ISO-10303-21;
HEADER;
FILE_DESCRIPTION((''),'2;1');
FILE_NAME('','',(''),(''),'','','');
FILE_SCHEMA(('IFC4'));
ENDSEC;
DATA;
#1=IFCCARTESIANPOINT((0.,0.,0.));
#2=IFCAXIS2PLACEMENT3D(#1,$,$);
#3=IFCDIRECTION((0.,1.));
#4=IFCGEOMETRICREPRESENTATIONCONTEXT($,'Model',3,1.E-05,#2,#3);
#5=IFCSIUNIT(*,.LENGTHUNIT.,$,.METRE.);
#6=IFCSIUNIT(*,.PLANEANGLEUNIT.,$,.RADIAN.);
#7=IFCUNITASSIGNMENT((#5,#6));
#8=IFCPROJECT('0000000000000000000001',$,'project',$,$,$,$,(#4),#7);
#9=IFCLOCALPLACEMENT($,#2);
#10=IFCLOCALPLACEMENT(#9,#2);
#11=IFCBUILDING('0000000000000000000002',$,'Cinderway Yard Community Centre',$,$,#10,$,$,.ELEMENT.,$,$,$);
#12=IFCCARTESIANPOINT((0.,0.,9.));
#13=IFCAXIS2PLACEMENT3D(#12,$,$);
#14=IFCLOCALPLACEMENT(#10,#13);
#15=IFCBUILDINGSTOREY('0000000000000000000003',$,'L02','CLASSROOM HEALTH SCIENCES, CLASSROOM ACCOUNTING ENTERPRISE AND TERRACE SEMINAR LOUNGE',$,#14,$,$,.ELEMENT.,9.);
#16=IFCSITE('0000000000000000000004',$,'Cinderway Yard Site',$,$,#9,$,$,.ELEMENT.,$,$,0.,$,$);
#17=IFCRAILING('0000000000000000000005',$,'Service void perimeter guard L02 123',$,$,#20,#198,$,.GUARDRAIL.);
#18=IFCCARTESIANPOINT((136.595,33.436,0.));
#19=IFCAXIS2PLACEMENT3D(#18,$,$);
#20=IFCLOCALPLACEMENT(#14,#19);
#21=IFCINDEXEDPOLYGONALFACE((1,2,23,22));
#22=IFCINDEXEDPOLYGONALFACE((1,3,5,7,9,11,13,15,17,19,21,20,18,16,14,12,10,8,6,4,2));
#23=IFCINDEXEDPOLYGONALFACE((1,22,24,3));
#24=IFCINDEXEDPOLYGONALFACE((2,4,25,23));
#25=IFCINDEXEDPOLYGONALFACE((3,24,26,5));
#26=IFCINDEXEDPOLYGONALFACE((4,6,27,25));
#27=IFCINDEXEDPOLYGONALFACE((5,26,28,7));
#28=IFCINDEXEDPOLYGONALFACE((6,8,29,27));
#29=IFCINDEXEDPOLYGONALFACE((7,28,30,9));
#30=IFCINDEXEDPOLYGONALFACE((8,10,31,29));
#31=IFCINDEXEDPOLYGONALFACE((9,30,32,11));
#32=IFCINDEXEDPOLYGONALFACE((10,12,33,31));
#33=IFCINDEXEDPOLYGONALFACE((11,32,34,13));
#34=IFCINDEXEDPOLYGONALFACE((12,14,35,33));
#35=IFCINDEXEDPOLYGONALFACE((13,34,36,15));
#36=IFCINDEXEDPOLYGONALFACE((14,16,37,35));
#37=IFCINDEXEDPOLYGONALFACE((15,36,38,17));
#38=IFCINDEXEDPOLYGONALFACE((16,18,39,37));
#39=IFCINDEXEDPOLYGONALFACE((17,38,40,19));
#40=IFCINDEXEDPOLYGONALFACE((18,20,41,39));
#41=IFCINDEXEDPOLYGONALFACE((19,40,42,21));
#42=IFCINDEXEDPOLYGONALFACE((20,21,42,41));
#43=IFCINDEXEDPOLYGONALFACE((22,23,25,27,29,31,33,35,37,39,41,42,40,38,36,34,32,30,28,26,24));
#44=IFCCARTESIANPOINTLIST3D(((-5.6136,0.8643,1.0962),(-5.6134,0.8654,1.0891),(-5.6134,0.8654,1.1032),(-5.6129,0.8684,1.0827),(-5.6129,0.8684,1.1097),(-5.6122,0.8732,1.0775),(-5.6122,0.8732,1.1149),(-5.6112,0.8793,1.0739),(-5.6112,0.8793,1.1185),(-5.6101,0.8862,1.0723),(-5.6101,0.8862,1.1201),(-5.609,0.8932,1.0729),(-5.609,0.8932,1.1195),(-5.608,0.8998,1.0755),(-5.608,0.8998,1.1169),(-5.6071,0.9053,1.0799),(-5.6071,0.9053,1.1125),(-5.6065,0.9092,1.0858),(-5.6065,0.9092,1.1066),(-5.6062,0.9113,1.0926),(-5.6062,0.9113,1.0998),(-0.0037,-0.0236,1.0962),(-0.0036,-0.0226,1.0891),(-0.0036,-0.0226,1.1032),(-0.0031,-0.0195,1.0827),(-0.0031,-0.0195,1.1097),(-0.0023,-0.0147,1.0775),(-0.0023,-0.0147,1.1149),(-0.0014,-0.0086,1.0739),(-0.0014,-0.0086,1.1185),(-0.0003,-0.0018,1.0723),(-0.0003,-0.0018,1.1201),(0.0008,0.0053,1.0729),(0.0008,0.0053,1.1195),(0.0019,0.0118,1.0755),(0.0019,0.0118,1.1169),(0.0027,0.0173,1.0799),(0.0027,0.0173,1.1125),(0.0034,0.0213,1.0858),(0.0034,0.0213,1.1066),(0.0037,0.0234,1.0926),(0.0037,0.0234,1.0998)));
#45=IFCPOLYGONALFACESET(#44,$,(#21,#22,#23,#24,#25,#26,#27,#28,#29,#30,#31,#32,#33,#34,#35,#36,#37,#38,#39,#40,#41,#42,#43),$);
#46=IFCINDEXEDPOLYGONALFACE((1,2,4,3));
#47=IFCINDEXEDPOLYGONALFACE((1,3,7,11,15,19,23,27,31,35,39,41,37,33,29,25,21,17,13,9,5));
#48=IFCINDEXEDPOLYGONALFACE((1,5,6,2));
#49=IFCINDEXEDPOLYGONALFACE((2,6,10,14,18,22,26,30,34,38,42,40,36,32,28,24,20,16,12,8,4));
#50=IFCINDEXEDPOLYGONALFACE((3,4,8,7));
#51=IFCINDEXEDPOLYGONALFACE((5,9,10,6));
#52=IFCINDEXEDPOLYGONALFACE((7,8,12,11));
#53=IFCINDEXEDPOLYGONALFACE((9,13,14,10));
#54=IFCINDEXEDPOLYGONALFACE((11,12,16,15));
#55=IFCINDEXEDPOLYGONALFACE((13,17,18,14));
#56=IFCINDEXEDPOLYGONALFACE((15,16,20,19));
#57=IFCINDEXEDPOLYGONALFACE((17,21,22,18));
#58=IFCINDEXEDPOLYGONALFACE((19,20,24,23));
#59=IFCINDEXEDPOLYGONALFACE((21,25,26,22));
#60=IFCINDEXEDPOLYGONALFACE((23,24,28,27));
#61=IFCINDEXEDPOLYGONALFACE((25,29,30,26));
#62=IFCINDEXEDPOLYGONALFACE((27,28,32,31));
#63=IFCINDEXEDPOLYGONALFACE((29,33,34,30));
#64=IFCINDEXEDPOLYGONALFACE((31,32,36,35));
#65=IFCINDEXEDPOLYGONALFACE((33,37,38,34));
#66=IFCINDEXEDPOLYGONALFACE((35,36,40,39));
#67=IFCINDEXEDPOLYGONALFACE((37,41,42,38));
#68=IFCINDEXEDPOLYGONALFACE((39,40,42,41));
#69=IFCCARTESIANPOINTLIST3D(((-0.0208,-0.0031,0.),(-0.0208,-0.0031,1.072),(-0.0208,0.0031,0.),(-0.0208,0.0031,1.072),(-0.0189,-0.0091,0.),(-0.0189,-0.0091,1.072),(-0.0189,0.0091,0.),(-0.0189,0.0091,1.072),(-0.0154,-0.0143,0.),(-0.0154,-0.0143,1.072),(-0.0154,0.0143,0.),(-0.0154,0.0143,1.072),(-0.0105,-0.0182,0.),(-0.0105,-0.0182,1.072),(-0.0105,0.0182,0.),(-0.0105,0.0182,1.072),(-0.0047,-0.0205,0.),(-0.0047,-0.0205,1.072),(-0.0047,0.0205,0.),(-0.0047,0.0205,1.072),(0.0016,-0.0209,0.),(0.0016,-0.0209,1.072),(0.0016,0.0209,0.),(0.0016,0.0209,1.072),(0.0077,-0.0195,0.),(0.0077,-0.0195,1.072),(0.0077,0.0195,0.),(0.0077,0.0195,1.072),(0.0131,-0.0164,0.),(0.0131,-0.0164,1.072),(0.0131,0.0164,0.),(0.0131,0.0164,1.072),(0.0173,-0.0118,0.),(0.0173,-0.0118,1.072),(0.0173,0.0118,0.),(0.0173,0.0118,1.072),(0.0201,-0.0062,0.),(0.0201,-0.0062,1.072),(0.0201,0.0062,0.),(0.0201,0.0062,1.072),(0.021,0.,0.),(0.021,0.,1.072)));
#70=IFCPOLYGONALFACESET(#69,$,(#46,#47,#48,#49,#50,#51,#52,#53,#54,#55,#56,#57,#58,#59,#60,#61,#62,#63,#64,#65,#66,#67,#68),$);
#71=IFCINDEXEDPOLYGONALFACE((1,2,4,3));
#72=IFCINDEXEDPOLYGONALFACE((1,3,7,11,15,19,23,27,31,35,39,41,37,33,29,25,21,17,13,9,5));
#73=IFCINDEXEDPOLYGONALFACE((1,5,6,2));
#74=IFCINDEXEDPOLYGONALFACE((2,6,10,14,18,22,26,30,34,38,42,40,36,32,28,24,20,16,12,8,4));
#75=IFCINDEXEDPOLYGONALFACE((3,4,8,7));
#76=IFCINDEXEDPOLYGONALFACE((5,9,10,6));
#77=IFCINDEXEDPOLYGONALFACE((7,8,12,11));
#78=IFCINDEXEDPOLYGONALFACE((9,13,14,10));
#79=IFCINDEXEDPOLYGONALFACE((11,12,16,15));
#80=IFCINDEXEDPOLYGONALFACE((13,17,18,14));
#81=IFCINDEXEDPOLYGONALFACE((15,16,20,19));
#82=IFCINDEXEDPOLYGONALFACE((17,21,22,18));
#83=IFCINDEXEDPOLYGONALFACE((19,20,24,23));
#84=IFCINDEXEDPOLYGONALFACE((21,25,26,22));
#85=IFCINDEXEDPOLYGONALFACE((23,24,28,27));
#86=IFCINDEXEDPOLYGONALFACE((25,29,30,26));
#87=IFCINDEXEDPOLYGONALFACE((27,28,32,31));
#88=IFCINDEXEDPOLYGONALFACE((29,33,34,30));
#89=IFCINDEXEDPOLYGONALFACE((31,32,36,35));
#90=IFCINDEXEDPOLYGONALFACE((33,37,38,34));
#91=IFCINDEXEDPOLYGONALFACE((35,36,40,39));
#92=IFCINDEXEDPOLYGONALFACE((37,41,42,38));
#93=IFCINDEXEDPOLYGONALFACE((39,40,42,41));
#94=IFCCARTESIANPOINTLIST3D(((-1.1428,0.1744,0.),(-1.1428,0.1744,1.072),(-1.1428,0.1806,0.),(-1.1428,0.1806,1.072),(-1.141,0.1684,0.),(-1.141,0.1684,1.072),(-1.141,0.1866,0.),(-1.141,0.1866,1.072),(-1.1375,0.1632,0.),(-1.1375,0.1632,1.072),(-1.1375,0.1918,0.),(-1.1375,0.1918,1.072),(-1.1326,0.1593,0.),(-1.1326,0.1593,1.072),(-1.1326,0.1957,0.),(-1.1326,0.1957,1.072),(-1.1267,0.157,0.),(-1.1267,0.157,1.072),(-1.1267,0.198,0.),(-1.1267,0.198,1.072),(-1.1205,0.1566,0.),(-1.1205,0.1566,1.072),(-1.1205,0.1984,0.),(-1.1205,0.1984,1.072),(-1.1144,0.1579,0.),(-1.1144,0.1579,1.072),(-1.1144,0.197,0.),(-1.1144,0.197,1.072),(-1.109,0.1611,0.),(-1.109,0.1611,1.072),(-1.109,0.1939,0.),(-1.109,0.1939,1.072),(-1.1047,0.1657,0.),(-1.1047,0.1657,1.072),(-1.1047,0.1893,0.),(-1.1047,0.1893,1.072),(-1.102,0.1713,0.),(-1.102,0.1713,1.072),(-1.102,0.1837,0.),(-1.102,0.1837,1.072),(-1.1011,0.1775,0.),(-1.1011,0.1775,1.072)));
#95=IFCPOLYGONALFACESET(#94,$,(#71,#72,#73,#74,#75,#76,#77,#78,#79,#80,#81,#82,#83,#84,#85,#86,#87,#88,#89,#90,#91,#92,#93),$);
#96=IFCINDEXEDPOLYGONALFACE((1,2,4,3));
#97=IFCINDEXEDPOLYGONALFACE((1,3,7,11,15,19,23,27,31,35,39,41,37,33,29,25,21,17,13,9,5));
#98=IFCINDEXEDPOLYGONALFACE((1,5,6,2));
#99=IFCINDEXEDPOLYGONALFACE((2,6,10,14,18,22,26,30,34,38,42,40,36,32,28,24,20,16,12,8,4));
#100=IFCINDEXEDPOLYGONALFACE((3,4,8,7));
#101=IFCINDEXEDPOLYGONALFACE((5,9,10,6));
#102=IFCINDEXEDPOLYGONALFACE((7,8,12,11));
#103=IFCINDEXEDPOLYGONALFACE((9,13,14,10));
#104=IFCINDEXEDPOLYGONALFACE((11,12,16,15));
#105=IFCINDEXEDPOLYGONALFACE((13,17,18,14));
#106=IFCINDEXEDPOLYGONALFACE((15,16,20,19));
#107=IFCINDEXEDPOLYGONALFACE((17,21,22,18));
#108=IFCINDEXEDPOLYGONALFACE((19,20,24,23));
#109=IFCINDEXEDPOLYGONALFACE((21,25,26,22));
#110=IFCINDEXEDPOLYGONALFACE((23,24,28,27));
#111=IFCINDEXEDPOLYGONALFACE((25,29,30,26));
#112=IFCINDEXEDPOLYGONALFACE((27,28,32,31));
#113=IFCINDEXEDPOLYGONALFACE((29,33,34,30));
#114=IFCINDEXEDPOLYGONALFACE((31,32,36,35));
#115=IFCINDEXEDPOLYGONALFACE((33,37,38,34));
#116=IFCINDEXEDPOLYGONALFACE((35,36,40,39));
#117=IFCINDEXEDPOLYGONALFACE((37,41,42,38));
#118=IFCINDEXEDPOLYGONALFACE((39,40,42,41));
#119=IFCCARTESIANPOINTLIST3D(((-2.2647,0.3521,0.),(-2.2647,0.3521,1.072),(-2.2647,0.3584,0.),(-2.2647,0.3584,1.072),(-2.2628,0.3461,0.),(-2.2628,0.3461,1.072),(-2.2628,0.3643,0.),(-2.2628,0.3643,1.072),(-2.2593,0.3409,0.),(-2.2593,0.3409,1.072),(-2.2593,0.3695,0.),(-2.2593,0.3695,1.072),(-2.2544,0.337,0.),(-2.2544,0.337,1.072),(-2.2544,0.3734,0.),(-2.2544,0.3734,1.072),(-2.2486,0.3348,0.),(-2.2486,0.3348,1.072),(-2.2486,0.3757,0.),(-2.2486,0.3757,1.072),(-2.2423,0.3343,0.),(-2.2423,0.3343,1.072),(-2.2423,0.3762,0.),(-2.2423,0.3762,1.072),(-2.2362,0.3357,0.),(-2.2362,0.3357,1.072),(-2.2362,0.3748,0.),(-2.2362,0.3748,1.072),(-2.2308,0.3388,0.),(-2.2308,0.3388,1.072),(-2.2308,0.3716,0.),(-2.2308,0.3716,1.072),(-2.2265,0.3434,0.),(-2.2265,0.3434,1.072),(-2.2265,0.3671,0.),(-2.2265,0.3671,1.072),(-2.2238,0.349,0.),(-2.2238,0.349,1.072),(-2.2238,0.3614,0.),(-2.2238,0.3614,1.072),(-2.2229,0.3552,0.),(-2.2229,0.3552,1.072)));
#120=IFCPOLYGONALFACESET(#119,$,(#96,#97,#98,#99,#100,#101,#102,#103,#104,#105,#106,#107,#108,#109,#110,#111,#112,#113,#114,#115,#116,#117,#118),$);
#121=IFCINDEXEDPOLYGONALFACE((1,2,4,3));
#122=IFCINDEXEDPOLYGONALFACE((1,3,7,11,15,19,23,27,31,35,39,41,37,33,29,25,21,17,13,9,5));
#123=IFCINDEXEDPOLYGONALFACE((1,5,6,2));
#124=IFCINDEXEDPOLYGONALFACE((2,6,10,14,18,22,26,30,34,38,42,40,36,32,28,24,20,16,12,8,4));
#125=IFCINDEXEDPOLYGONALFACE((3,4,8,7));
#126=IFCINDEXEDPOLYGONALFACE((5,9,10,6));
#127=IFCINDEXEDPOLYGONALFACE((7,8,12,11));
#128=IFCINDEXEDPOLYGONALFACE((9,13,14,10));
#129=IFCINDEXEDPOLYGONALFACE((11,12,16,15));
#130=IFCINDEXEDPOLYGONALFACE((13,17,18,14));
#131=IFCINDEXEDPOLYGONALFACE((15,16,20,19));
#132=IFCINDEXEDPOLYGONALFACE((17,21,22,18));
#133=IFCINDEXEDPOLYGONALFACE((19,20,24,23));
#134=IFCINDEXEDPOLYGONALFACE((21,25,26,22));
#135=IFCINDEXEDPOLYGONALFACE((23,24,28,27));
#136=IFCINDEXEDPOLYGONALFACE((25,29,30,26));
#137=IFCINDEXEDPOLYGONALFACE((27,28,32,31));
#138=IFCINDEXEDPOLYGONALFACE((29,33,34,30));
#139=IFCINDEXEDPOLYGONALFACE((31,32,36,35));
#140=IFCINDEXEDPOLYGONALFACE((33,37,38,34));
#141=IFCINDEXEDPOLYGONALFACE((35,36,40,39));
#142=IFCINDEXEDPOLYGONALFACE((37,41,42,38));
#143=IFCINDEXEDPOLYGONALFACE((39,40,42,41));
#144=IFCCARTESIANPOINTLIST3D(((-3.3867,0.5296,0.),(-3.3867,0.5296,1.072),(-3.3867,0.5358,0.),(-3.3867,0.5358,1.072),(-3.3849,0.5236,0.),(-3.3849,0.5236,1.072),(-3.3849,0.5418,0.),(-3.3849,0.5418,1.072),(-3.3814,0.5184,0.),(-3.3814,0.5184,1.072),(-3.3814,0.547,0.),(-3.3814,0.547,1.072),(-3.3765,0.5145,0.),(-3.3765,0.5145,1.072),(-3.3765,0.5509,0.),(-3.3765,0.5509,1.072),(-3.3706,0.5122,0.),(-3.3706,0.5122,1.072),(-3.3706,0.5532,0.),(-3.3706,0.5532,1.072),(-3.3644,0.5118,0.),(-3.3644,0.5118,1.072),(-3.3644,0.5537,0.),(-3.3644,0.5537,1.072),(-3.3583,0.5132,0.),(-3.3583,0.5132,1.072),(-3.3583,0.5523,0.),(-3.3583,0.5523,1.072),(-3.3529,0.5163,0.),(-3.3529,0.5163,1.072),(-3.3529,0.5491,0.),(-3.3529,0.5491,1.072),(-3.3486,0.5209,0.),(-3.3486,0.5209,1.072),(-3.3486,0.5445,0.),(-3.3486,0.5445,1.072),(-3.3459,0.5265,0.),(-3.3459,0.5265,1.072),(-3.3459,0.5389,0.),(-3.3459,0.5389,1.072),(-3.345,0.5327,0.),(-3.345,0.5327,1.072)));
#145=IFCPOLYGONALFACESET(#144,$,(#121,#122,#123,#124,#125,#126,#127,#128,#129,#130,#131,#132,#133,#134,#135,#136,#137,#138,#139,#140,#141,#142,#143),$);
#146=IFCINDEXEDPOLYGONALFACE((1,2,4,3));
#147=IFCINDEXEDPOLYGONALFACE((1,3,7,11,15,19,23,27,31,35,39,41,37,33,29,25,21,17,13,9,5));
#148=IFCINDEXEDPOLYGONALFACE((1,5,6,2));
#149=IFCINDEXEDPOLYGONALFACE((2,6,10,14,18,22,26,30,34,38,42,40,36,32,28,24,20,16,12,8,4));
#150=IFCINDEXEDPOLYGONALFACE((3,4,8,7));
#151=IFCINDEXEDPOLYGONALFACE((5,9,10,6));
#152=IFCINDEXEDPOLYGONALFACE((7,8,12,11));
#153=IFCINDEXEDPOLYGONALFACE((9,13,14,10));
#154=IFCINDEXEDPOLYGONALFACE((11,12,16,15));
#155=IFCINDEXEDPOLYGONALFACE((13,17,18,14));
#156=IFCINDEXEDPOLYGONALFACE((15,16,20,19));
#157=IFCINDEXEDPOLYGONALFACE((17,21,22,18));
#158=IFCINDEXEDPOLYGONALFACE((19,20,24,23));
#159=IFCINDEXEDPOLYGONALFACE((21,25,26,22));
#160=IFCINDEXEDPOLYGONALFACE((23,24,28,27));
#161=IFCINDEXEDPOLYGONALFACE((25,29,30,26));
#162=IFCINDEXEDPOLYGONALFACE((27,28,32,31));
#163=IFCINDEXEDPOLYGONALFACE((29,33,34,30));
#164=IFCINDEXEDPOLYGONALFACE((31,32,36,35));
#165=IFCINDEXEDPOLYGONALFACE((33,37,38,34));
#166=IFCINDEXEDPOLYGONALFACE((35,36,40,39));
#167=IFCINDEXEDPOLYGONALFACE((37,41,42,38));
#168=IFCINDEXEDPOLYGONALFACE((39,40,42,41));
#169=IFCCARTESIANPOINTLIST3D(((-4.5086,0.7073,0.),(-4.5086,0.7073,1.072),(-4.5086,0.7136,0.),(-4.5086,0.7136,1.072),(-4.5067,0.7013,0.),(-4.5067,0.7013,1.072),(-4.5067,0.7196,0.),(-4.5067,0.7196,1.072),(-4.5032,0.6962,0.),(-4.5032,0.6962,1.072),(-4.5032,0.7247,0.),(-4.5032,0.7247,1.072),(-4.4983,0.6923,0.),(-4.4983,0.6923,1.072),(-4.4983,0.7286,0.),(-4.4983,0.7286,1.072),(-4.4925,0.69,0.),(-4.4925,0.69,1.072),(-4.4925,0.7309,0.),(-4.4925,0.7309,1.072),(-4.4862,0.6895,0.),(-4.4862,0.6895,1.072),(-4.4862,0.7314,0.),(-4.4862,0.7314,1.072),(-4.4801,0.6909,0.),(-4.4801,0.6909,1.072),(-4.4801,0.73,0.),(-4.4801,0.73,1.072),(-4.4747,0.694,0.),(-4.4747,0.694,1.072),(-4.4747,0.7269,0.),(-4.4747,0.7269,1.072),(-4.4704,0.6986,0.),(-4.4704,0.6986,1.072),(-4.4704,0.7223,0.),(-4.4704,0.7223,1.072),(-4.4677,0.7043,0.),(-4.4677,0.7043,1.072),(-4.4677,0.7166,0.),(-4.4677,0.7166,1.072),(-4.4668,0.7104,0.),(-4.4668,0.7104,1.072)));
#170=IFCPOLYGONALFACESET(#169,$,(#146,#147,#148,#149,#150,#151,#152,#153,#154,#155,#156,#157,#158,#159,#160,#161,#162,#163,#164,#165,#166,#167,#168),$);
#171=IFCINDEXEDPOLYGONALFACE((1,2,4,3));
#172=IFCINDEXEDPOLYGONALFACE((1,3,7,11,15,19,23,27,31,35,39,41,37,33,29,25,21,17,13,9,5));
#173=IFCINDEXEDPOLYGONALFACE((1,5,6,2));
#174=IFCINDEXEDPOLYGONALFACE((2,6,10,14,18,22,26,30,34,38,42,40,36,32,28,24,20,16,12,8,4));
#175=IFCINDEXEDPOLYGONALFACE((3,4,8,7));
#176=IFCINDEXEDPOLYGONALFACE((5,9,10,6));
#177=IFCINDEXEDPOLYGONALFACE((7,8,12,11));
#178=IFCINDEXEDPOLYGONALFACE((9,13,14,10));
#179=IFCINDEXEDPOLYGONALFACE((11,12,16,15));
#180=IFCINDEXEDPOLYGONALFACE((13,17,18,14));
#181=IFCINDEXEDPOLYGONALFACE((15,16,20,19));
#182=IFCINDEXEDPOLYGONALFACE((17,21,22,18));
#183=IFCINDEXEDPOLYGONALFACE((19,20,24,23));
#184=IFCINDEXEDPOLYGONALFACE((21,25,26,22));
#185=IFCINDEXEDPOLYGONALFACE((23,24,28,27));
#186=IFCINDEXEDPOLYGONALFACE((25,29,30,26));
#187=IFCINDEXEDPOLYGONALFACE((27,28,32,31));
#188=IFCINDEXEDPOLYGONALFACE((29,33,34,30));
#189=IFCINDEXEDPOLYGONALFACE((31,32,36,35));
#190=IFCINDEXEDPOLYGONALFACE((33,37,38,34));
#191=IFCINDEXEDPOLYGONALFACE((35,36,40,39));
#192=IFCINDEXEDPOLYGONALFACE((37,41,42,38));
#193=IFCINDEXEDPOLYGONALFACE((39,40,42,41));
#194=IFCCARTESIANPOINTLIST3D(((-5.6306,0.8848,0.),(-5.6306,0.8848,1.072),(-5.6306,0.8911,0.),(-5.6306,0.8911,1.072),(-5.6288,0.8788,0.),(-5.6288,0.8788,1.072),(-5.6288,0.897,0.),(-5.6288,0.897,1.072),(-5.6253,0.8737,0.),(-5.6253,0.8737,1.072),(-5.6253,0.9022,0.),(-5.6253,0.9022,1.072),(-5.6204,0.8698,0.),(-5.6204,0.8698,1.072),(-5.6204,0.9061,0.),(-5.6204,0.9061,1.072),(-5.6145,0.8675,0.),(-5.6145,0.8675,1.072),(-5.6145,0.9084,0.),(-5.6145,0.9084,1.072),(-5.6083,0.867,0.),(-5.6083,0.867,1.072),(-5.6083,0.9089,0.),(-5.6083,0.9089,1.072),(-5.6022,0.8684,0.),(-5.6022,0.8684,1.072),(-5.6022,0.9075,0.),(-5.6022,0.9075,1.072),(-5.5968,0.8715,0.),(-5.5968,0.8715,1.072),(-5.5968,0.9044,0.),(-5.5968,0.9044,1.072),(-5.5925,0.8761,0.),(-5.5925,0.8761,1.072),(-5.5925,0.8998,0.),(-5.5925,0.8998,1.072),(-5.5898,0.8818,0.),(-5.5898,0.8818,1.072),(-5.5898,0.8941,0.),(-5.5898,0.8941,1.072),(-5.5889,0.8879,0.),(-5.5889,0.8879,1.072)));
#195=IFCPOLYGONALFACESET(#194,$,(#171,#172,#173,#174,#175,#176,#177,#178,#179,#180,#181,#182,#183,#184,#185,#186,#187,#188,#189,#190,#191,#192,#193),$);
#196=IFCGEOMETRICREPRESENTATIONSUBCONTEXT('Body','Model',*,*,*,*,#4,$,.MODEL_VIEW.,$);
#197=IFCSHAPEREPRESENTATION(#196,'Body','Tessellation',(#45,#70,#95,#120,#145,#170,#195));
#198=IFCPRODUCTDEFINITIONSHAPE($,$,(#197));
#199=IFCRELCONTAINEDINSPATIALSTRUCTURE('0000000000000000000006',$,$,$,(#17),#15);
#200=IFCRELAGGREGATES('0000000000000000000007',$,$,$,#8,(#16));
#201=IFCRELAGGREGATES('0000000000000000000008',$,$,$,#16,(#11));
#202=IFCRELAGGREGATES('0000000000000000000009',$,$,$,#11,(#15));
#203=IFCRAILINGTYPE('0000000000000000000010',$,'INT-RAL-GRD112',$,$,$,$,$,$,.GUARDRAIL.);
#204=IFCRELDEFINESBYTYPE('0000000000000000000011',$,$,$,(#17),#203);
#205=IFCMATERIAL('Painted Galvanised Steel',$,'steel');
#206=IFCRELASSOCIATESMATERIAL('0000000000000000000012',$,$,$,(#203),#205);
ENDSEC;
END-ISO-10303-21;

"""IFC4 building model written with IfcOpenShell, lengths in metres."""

from ifc_helpers import new_model, si_unit, direction, frame, origin, origin_2d, place, context, subcontext, project, spatial, circle, extrude, material, type_object, element, save


model = new_model("IFC4")

# Units and contexts
model_context = context("Model", 3, precision=1e-05, world=origin(), true_north=direction((0.0, 1.0)))
body_context = subcontext(model_context, "Body", "Model", "MODEL_VIEW")
ifc_project = project(units=[si_unit("LENGTHUNIT", "METRE"), si_unit("PLANEANGLEUNIT", "RADIAN")], contexts=[model_context])

# Site, building, storey
site_placement = place(None, origin())
site = spatial("IfcSite", under=ifc_project, at=site_placement, Name="Cinderway Yard Site", CompositionType="ELEMENT", RefElevation=0.0)
building_placement = place(site_placement, origin())
building = spatial("IfcBuilding", under=site, at=building_placement, Name="Cinderway Yard Community Centre", CompositionType="ELEMENT")
storey_placement = place(building_placement, frame((0.0, 0.0, 9.0)))
storey = spatial("IfcBuildingStorey", under=building, at=storey_placement, Name="L02", Description="CLASSROOM HEALTH SCIENCES, CLASSROOM ACCOUNTING ENTERPRISE AND TERRACE SEMINAR LOUNGE", CompositionType="ELEMENT", Elevation=9.0)

# Shared definitions
ifc_material_1 = material(Name="Painted Galvanised Steel", Category="steel")

# Railing
railing_type = type_object("IfcRailingType", Name="INT-RAL-GRD112", PredefinedType="GUARDRAIL", material=ifc_material_1)
railing_1_placement = place(storey_placement, frame((136.595, 33.436, 0.0)))
element("IfcRailing", 1, at=railing_1_placement, inside=storey, type_object=railing_type, Name="Service void perimeter guard L02 123", PredefinedType="GUARDRAIL", context=body_context, shape_type="SweptSolid", body=[
    extrude(circle(Radius=0.0239, at=origin_2d()), frame((0.0, 0.0, 1.0962), z_axis=(-0.987704, 0.156336, 0.0), x_axis=(-0.156336, -0.987704, 0.0)), (0.0, 0.0, 1.0), 5.6797),
    extrude(circle(Radius=0.021, at=origin_2d()), origin(), (0.0, 0.0, 1.0), 1.072),
    extrude(circle(Radius=0.021, at=origin_2d()), frame((-1.1221, 0.1775, 0.0)), (0.0, 0.0, 1.0), 1.072),
    extrude(circle(Radius=0.021, at=origin_2d()), frame((-2.2439, 0.3552, 0.0)), (0.0, 0.0, 1.0), 1.072),
    extrude(circle(Radius=0.021, at=origin_2d()), frame((-3.366, 0.5327, 0.0)), (0.0, 0.0, 1.0), 1.072),
    extrude(circle(Radius=0.021, at=origin_2d()), frame((-4.4878, 0.7104, 0.0)), (0.0, 0.0, 1.0), 1.072),
    extrude(circle(Radius=0.021, at=origin_2d()), frame((-5.6099, 0.8879, 0.0)), (0.0, 0.0, 1.0), 1.072),
])

save(model, "model.ifc")
